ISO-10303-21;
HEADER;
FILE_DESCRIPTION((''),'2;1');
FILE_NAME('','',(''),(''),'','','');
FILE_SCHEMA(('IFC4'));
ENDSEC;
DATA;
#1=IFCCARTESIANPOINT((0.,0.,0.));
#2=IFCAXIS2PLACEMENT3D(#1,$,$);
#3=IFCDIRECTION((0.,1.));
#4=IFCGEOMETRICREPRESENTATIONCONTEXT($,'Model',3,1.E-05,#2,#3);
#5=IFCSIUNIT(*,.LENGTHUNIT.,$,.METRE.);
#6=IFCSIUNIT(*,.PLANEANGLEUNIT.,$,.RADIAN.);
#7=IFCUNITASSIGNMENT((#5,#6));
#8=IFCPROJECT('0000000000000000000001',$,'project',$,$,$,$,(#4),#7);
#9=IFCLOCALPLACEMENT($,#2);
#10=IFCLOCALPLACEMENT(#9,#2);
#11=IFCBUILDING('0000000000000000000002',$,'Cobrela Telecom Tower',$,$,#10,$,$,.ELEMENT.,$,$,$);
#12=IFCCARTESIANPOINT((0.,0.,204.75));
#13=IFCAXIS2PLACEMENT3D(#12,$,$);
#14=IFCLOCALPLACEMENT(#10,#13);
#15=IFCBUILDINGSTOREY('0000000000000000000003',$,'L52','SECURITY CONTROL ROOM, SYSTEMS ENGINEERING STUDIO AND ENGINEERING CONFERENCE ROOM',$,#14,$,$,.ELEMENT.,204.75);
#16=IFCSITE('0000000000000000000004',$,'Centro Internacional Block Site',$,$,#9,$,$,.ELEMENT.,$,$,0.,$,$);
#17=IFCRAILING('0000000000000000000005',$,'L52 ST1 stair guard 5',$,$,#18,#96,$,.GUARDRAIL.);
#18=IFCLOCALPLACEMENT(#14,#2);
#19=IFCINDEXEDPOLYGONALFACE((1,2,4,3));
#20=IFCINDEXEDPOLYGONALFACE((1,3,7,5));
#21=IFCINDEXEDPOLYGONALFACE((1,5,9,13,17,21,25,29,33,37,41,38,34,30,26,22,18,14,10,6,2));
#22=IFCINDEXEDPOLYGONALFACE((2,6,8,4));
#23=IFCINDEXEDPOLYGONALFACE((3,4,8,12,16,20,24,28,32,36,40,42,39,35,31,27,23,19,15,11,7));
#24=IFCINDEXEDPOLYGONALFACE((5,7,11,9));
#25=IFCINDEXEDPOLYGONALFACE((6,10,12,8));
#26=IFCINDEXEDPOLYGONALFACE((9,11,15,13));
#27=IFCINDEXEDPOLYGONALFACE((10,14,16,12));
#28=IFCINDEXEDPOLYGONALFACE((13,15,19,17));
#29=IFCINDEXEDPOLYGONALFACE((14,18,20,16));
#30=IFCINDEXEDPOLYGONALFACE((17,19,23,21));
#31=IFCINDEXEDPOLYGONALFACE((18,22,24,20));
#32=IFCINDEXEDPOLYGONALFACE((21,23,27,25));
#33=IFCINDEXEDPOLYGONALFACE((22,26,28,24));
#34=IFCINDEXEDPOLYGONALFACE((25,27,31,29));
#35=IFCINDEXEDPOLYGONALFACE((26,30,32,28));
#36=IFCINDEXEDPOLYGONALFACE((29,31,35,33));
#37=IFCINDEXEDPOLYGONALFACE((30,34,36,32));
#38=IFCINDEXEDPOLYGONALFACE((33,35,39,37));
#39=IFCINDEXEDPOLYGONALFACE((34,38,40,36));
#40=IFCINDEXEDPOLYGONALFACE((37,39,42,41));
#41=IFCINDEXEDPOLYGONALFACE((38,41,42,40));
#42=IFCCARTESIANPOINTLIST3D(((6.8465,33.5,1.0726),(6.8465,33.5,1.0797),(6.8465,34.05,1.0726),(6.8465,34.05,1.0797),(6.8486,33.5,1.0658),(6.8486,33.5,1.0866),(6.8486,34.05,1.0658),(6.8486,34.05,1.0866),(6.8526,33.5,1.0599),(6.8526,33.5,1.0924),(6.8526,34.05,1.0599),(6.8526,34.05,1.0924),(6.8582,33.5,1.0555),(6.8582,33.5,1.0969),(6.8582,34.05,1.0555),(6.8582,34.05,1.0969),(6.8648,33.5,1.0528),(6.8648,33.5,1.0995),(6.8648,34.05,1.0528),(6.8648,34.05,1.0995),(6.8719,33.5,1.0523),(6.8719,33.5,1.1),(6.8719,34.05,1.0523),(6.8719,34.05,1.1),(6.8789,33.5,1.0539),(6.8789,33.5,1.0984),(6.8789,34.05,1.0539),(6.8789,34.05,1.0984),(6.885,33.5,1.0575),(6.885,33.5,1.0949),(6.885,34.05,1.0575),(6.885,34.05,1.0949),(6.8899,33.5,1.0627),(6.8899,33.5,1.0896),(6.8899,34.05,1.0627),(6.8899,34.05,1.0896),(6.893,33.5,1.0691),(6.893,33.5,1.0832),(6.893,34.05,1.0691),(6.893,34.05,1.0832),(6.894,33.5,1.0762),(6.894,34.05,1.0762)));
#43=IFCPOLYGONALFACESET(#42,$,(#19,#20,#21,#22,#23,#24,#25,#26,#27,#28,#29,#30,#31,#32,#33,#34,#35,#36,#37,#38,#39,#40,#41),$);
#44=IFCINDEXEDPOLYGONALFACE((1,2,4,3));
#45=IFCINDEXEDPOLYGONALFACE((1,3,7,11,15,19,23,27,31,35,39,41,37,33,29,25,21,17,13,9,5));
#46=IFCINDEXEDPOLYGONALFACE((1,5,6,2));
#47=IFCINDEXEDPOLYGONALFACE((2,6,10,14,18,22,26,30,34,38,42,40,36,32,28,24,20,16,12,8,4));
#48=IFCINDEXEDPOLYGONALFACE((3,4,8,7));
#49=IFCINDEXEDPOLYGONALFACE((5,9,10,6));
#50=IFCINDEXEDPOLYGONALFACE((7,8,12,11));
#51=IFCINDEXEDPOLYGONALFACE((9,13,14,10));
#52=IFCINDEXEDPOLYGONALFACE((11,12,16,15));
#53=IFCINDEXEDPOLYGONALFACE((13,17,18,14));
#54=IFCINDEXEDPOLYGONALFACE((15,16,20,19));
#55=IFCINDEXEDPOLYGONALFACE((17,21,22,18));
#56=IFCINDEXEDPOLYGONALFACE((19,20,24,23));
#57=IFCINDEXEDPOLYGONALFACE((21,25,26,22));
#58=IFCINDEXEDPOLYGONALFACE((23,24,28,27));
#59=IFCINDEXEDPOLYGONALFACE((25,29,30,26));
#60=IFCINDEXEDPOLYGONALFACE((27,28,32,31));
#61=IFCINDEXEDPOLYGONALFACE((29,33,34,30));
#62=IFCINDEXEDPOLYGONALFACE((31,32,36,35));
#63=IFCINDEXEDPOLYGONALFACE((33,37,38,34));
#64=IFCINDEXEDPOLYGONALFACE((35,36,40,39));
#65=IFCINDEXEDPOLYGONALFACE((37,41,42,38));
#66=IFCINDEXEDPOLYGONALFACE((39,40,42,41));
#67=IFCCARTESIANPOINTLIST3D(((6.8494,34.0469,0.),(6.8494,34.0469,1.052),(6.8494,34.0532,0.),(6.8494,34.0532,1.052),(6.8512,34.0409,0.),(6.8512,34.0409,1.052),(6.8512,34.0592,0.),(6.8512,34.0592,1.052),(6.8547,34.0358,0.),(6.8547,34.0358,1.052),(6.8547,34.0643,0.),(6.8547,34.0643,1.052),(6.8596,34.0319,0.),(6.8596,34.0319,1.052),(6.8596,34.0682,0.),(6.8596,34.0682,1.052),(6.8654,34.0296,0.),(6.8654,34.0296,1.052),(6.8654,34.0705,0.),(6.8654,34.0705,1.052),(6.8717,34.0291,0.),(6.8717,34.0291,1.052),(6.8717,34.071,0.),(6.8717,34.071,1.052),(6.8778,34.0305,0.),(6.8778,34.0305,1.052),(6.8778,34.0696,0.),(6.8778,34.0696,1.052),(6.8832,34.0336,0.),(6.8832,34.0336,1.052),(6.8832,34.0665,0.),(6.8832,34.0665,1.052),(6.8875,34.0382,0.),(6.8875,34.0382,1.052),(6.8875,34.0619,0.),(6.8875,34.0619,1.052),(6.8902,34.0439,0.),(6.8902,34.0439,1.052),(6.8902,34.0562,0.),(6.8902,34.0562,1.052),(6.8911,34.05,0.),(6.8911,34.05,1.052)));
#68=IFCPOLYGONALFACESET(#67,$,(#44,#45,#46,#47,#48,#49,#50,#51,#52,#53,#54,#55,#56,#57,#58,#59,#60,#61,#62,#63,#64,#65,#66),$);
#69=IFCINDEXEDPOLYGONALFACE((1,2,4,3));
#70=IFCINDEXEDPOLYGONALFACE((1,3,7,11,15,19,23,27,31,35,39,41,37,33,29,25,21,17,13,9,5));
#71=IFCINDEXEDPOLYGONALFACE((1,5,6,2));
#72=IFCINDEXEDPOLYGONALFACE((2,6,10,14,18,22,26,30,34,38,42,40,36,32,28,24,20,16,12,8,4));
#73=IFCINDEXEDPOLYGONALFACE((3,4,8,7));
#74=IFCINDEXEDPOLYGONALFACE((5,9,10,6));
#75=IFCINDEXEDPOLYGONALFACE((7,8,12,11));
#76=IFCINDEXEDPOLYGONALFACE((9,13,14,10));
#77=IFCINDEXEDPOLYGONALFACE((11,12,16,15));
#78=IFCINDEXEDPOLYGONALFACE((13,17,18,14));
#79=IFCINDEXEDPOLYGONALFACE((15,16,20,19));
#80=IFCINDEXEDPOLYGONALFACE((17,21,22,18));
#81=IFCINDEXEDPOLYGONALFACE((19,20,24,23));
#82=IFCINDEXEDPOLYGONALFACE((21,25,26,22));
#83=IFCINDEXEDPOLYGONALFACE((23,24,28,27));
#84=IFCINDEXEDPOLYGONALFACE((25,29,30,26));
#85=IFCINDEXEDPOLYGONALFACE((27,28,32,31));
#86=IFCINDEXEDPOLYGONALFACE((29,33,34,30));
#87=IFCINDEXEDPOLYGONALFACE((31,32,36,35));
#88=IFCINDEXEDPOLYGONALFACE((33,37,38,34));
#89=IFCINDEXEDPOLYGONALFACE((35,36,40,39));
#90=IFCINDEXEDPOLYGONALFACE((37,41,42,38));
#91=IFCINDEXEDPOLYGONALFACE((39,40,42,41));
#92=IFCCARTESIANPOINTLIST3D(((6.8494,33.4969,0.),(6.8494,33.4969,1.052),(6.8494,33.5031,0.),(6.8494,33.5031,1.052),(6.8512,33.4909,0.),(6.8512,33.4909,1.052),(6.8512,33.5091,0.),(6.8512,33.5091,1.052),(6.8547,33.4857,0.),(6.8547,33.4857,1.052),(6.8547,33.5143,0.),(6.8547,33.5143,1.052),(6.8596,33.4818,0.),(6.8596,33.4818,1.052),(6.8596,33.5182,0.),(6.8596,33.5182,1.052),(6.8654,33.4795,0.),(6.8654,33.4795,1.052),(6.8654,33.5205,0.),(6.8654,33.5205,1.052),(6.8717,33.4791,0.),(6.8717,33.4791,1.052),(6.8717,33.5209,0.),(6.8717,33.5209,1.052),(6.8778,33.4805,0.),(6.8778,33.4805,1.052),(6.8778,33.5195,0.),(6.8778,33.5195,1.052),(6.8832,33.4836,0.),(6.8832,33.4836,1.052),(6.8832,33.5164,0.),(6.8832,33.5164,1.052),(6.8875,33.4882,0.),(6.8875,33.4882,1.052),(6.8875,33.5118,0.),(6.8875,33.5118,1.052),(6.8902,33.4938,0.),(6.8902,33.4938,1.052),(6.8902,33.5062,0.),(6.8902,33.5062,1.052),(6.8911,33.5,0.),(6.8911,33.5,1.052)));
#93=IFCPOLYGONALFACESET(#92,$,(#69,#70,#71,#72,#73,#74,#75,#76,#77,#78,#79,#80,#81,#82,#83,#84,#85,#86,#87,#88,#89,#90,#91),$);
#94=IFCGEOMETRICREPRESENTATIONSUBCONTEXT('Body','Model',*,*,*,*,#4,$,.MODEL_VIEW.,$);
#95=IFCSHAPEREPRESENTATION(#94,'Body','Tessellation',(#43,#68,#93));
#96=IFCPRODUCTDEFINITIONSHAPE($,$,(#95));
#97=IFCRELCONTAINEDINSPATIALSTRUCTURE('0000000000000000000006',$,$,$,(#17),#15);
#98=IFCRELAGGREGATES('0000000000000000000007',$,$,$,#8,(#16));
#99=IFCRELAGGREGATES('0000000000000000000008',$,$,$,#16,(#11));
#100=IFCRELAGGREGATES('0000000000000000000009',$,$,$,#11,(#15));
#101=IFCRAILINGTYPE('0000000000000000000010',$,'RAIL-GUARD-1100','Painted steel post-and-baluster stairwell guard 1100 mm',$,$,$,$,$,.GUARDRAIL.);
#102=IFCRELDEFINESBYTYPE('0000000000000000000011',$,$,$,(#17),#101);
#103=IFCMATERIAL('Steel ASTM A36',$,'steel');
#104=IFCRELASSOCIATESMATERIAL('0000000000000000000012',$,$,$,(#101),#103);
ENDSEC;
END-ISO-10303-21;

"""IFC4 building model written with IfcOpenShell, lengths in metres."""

from ifc_helpers import new_model, si_unit, direction, frame, origin, origin_2d, place, context, subcontext, project, spatial, circle, extrude, material, type_object, element, save


model = new_model("IFC4")

# Units and contexts
model_context = context("Model", 3, precision=1e-05, world=origin(), true_north=direction((0.0, 1.0)))
body_context = subcontext(model_context, "Body", "Model", "MODEL_VIEW")
ifc_project = project(units=[si_unit("LENGTHUNIT", "METRE"), si_unit("PLANEANGLEUNIT", "RADIAN")], contexts=[model_context])

# Site, building, storey
site_placement = place(None, origin())
site = spatial("IfcSite", under=ifc_project, at=site_placement, Name="Centro Internacional Block Site", CompositionType="ELEMENT", RefElevation=0.0)
building_placement = place(site_placement, origin())
building = spatial("IfcBuilding", under=site, at=building_placement, Name="Cobrela Telecom Tower", CompositionType="ELEMENT")
storey_placement = place(building_placement, frame((0.0, 0.0, 204.75)))
storey = spatial("IfcBuildingStorey", under=building, at=storey_placement, Name="L52", Description="SECURITY CONTROL ROOM, SYSTEMS ENGINEERING STUDIO AND ENGINEERING CONFERENCE ROOM", CompositionType="ELEMENT", Elevation=204.75)

# Shared definitions
ifc_material_1 = material(Name="Steel ASTM A36", Category="steel")

# Railing
railing_type_1 = type_object("IfcRailingType", Name="RAIL-GUARD-1100", Description="Painted steel post-and-baluster stairwell guard 1100 mm", PredefinedType="GUARDRAIL", material=ifc_material_1)
railing_1_placement = place(storey_placement, frame((6.8701, 34.05, 0.0)))
element("IfcRailing", 1, at=railing_1_placement, inside=storey, type_object=railing_type_1, Name="L52 ST1 stair guard 5", PredefinedType="GUARDRAIL", context=body_context, shape_type="SweptSolid", body=[
    extrude(circle(Radius=0.0239, at=origin_2d()), frame((0.0, 0.0, 1.0762), z_axis=(0.0, -1.0, 0.0), x_axis=(1.0, 0.0, 0.0)), (0.0, 0.0, 1.0), 0.55),
    extrude(circle(Radius=0.021, at=origin_2d()), origin(), (0.0, 0.0, 1.0), 1.052),
    extrude(circle(Radius=0.021, at=origin_2d()), frame((0.0, -0.55, 0.0)), (0.0, 0.0, 1.0), 1.052),
])

save(model, "model.ifc")
